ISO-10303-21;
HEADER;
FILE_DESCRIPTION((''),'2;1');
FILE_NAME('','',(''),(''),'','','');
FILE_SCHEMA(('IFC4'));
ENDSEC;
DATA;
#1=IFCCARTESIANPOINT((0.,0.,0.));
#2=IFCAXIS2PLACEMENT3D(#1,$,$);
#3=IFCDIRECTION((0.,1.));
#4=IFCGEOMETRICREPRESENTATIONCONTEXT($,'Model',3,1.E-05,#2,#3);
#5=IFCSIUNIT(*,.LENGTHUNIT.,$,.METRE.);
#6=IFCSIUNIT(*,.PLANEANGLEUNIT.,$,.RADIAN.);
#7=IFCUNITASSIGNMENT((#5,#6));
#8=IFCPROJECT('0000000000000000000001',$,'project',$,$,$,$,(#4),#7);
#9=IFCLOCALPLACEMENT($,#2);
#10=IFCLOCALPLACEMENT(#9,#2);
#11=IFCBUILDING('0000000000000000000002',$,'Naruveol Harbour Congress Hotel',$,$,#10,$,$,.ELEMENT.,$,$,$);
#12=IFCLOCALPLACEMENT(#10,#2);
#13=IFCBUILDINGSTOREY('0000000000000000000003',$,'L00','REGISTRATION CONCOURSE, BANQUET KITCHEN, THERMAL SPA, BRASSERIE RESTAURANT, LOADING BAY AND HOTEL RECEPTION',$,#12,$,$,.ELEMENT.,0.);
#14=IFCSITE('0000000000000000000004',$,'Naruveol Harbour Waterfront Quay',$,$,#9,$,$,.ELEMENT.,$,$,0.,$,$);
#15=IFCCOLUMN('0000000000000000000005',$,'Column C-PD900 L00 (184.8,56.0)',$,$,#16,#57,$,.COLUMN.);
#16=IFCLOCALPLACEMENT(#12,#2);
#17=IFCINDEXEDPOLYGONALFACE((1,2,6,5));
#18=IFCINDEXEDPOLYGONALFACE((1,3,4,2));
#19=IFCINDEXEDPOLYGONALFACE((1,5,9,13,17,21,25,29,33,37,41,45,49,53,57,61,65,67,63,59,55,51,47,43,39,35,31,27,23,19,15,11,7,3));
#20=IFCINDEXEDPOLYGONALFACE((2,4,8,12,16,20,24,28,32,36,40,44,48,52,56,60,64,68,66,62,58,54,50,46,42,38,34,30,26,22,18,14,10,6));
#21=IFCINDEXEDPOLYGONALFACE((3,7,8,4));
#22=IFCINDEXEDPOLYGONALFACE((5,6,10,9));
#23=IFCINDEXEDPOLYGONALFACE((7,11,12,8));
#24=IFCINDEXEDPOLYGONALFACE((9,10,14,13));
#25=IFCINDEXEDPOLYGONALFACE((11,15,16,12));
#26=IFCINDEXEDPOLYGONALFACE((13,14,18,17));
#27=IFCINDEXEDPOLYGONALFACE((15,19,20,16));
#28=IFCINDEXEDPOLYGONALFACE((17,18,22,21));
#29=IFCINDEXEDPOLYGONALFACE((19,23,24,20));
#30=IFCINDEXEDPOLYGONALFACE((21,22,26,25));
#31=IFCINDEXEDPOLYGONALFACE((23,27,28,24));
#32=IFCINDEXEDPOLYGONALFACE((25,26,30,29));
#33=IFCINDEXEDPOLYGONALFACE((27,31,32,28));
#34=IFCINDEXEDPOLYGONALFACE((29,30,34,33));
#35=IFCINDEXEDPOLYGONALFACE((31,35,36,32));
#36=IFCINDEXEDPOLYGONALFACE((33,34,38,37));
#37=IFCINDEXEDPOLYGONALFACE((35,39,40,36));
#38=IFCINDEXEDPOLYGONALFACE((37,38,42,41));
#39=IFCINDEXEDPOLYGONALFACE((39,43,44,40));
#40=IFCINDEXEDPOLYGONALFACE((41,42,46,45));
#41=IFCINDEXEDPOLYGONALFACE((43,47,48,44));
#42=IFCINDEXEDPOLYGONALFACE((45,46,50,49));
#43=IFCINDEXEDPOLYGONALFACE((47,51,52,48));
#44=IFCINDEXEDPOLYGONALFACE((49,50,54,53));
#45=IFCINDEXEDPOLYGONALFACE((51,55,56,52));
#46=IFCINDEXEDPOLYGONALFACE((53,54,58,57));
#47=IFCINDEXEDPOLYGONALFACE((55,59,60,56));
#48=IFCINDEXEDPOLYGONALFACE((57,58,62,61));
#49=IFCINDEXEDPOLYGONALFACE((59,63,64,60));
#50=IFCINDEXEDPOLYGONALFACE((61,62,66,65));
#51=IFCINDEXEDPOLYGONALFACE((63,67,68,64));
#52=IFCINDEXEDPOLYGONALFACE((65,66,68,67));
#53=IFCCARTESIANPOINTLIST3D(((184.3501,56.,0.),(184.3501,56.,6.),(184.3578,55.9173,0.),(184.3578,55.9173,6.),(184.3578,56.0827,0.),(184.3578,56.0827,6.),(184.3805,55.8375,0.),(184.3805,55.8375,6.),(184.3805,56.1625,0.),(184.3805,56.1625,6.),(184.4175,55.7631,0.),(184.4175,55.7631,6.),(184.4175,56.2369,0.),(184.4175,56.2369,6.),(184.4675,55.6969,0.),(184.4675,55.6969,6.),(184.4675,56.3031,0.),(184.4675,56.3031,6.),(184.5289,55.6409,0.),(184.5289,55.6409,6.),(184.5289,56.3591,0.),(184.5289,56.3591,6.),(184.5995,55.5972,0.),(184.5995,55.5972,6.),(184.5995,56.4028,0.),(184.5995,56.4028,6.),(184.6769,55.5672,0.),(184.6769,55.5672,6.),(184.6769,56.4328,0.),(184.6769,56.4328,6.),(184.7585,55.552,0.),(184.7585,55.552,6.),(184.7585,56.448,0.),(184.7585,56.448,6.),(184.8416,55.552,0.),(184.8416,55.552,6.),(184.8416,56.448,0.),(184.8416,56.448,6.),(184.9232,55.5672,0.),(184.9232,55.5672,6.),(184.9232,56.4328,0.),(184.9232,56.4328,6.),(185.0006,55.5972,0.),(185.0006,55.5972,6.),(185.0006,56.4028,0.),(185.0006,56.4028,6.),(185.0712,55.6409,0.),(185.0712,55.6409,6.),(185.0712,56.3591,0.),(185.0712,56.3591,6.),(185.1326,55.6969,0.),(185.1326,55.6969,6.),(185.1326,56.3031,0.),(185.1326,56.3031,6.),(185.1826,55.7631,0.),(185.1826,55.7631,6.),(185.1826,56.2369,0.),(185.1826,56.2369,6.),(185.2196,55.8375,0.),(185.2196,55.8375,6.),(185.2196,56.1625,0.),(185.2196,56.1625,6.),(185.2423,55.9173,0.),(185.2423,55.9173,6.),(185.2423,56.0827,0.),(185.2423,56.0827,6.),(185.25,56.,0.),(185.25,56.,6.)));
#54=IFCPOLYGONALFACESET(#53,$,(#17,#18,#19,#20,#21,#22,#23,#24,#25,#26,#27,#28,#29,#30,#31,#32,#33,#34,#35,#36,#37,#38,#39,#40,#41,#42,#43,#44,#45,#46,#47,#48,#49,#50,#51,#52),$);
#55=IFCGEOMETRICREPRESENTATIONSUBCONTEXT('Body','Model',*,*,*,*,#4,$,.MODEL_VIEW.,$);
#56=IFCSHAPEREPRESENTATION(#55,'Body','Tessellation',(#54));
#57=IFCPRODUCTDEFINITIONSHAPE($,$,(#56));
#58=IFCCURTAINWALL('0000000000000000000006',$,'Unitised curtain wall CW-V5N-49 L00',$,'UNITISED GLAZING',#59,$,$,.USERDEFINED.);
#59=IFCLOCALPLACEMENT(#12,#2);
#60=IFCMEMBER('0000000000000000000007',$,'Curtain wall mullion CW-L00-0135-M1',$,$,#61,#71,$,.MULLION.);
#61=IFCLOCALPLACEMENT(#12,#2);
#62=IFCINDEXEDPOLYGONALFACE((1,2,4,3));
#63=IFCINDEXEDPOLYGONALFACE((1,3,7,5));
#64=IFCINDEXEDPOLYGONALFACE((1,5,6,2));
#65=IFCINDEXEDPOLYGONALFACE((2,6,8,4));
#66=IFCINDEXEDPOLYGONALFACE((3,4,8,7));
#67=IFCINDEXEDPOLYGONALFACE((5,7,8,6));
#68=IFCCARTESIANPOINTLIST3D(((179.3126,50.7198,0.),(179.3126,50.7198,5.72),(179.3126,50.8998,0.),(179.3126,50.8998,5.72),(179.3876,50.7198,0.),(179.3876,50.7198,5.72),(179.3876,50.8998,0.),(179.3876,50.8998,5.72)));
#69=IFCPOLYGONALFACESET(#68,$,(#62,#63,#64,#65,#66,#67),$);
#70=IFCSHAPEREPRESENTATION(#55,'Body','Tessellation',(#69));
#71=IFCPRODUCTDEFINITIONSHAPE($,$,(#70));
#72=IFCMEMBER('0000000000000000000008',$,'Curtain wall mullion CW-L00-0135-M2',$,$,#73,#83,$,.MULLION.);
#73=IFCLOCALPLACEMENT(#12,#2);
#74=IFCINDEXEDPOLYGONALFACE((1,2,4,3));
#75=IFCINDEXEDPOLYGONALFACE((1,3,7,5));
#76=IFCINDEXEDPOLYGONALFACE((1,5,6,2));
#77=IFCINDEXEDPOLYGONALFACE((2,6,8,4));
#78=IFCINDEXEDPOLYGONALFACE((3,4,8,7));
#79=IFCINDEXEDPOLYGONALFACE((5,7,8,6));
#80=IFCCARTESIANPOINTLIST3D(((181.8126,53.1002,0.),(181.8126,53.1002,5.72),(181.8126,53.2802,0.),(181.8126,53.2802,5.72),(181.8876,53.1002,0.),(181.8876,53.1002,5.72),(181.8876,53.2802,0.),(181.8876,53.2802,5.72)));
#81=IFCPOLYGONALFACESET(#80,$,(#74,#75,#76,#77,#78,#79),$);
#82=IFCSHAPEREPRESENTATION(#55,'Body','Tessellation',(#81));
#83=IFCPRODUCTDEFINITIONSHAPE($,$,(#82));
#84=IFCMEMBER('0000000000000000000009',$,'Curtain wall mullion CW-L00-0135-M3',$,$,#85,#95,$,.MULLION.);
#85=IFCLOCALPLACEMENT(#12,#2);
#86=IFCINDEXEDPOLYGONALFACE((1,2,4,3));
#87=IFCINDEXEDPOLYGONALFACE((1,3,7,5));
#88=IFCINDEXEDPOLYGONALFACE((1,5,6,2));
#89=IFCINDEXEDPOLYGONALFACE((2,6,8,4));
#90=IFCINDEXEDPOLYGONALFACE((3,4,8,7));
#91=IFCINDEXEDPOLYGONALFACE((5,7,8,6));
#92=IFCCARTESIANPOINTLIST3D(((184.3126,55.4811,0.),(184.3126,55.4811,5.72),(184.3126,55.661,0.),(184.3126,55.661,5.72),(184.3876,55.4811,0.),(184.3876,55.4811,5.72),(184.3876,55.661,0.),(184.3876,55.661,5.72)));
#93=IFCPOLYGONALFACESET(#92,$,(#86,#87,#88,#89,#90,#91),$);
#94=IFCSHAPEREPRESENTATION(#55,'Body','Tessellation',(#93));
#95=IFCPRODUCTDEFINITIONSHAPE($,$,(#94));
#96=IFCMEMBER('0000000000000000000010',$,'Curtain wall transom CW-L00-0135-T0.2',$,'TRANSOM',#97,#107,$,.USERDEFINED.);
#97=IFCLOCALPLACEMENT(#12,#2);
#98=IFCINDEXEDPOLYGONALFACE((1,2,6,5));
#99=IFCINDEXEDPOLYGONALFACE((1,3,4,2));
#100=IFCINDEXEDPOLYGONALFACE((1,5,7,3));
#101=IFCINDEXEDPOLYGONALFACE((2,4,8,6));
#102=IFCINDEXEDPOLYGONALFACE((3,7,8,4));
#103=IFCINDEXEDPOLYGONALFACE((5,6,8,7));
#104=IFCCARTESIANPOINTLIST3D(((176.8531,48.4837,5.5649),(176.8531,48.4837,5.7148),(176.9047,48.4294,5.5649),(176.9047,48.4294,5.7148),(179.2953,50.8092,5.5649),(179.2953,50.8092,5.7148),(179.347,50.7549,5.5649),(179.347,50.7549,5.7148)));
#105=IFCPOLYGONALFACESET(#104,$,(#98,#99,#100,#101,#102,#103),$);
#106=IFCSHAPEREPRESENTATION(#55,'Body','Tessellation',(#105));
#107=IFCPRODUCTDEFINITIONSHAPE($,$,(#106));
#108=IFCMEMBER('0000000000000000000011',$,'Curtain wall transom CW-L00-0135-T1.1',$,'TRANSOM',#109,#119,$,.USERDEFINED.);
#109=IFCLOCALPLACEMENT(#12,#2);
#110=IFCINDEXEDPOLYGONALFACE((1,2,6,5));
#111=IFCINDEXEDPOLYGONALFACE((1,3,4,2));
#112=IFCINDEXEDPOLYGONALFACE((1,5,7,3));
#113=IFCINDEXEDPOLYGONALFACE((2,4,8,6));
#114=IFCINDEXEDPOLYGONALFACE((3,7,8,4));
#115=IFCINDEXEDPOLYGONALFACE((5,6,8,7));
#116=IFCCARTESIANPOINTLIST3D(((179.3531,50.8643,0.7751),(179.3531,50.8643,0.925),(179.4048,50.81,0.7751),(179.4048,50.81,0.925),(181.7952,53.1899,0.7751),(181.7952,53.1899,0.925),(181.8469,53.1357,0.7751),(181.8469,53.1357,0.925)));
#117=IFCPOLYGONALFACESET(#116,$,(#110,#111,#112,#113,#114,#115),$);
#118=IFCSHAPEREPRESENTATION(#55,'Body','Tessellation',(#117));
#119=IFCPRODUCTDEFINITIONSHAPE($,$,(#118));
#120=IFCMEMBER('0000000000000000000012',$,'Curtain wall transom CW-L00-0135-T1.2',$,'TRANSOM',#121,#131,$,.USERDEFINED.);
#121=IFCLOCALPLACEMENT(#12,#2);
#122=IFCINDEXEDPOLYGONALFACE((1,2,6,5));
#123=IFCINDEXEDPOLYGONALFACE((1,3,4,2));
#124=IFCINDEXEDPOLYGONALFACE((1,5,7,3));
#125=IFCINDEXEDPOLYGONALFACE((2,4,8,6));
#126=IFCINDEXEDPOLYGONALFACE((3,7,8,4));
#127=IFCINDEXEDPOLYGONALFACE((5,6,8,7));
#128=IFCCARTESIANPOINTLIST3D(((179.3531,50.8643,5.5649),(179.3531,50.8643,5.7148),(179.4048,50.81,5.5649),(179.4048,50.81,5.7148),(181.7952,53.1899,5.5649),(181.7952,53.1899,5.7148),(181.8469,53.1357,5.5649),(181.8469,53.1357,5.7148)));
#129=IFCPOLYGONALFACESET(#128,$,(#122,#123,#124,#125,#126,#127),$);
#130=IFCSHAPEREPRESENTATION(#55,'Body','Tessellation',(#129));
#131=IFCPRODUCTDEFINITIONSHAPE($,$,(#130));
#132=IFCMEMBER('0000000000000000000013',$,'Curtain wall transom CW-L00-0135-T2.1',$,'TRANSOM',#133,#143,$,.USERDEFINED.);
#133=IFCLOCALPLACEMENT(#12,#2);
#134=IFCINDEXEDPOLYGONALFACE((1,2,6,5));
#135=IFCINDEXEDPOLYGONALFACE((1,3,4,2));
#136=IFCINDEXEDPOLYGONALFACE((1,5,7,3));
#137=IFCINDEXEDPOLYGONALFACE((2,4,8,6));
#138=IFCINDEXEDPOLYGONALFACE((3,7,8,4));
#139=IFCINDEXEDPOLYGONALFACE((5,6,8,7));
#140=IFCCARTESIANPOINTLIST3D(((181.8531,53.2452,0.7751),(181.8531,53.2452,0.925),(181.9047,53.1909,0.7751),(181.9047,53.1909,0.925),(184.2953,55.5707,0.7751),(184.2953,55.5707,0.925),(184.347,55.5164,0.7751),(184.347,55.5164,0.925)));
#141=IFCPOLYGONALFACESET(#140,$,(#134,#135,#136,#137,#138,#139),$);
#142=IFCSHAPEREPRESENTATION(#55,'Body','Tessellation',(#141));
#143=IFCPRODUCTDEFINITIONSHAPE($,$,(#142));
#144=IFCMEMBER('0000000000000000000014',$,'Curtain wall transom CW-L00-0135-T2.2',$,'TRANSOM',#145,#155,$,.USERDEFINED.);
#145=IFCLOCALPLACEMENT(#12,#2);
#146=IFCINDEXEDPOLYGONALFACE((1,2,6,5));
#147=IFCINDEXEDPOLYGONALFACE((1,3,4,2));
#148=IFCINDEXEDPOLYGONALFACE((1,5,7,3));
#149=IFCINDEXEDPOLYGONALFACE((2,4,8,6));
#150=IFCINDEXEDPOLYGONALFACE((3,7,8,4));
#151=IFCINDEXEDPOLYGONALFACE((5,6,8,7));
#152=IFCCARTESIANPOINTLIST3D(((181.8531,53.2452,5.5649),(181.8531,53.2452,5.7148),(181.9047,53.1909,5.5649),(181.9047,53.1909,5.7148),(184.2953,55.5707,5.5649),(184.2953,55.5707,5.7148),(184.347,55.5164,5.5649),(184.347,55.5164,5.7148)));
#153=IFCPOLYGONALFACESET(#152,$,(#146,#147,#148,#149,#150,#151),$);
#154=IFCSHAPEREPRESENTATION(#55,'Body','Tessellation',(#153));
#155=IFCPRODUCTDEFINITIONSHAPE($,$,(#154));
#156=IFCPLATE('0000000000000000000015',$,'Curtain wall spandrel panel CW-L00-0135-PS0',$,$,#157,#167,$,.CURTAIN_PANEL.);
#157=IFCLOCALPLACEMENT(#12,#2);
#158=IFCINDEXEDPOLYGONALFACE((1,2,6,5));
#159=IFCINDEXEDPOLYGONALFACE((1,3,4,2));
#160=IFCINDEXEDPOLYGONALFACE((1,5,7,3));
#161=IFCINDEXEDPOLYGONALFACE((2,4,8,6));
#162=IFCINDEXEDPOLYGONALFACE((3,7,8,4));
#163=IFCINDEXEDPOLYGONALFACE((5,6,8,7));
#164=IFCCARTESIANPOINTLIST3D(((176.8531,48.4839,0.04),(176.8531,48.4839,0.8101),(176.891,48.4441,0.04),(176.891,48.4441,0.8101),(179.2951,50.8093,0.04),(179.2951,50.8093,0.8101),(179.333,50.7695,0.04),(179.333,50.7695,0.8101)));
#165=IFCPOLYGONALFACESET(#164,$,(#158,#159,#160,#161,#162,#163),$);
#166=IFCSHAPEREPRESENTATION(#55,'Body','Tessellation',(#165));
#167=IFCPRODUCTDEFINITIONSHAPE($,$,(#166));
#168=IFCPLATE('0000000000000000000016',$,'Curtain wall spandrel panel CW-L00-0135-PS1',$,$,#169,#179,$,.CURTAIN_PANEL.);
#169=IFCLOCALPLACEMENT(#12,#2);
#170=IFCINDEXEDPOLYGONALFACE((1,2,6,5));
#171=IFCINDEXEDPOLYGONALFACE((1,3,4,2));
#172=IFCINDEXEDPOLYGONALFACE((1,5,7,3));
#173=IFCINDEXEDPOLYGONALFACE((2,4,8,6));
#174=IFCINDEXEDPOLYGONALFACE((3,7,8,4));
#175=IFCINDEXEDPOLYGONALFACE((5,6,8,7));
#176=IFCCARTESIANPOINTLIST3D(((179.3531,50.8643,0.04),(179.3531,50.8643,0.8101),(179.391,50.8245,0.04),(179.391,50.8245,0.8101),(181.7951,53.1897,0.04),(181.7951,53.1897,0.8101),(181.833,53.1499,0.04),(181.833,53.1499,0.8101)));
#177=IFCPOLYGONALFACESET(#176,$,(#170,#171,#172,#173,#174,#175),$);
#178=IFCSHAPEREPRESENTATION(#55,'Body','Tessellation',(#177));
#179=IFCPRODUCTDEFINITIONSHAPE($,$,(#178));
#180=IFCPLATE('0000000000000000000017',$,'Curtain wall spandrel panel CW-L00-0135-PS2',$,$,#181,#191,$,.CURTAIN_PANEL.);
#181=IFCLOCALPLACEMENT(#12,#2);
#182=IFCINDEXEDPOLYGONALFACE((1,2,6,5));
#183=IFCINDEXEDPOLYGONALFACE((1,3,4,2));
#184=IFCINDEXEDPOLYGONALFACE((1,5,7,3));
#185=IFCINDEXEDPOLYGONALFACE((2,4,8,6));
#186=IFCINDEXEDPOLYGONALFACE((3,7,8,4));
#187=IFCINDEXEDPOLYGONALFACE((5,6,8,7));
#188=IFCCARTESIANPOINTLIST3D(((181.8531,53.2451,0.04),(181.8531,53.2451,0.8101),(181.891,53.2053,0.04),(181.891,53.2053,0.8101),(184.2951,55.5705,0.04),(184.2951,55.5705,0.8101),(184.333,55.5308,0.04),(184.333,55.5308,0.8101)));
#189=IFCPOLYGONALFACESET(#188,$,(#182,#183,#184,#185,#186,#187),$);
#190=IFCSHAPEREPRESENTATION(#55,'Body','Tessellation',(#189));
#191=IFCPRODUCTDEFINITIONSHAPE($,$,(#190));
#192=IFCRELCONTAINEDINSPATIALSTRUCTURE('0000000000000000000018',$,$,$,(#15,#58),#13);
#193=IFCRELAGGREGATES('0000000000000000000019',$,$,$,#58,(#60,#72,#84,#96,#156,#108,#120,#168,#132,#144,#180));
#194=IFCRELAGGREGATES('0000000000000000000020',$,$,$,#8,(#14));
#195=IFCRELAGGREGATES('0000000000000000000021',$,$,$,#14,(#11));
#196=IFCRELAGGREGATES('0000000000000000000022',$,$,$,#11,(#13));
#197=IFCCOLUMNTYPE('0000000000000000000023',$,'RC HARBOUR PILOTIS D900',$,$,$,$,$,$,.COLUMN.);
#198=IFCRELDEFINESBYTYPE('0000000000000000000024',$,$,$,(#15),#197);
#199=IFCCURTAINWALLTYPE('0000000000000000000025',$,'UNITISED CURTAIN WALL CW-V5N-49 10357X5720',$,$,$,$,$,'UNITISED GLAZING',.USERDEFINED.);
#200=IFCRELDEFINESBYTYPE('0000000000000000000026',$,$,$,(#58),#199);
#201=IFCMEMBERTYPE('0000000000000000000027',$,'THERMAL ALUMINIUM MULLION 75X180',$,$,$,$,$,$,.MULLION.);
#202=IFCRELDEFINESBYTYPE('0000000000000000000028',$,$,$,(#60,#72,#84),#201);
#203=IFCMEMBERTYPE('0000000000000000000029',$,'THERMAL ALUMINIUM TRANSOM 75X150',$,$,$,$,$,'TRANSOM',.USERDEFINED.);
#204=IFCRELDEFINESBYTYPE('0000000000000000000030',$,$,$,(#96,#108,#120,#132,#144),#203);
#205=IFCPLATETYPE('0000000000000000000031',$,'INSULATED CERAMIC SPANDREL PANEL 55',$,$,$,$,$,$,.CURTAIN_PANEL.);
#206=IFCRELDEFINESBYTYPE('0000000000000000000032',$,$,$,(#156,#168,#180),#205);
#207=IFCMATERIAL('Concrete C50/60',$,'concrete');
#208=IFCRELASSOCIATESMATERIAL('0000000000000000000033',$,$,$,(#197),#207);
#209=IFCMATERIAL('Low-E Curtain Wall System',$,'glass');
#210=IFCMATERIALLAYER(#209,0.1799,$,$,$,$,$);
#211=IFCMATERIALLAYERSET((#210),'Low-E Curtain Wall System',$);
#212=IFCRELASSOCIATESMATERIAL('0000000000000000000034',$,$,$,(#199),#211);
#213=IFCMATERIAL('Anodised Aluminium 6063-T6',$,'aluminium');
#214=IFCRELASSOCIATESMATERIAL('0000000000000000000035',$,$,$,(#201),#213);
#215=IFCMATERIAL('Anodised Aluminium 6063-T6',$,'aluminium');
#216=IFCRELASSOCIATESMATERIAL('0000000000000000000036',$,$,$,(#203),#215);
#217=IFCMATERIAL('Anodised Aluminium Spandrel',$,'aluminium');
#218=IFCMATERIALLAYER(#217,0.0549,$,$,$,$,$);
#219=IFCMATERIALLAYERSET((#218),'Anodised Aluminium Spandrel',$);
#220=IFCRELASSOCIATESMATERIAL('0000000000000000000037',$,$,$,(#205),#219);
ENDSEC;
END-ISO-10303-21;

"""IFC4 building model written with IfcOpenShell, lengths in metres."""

from ifc_helpers import new_model, si_unit, direction, frame, origin, origin_2d, place, context, subcontext, project, spatial, rectangle, circle, extrude, material, layer, layer_set, material_profile, profile_set, type_object, element, aggregate, save


model = new_model("IFC4")

# Units and contexts
model_context = context("Model", 3, precision=1e-05, world=origin(), true_north=direction((0.0, 1.0)))
body_context = subcontext(model_context, "Body", "Model", "MODEL_VIEW")
ifc_project = project(units=[si_unit("LENGTHUNIT", "METRE"), si_unit("PLANEANGLEUNIT", "RADIAN")], contexts=[model_context])

# Site, building, storey
site_placement = place(None, origin())
site = spatial("IfcSite", under=ifc_project, at=site_placement, Name="Naruveol Harbour Waterfront Quay", CompositionType="ELEMENT", RefElevation=0.0)
building_placement = place(site_placement, origin())
building = spatial("IfcBuilding", under=site, at=building_placement, Name="Naruveol Harbour Congress Hotel", CompositionType="ELEMENT")
storey_placement = place(building_placement, origin())
storey = spatial("IfcBuildingStorey", under=building, at=storey_placement, Name="L00", Description="REGISTRATION CONCOURSE, BANQUET KITCHEN, THERMAL SPA, BRASSERIE RESTAURANT, LOADING BAY AND HOTEL RECEPTION", CompositionType="ELEMENT", Elevation=0.0)

# Column
ifc_material_1 = material(Name="Concrete C50/60", Category="concrete")
ifc_material_profile_1 = material_profile(ifc_material_1, circle(Radius=0.45, at=origin_2d()), Name="RC-D900")
ifc_profile_set_1 = profile_set([ifc_material_profile_1], Name="Concrete C50/60")
column_type = type_object("IfcColumnType", Name="RC HARBOUR PILOTIS D900", PredefinedType="COLUMN", material=ifc_profile_set_1)
column_placement = place(storey_placement, frame((184.8, 56.0, 0.0), z_axis=(0.0, 0.0, 1.0), x_axis=(1.0, 0.0, 0.0)))
element("IfcColumn", 1, at=column_placement, inside=storey, type_object=column_type, Name="Column C-PD900 L00 (184.8,56.0)", PredefinedType="COLUMN", context=body_context, shape_type="SweptSolid", body=[
    extrude(circle(Radius=0.45, at=origin_2d()), origin(), (0.0, 0.0, 1.0), 6.0),
])

# Curtain wall, members, plates
ifc_material_2 = material(Name="Low-E Curtain Wall System", Category="glass")
ifc_layer_1 = layer(ifc_material_2, 0.1799)
ifc_layer_set_1 = layer_set([ifc_layer_1], Name="Low-E Curtain Wall System")
curtain_wall_type = type_object("IfcCurtainWallType", Name="UNITISED CURTAIN WALL CW-V5N-49 10357X5720", ElementType="UNITISED GLAZING", PredefinedType="USERDEFINED", material=ifc_layer_set_1)
curtain_wall_placement = place(storey_placement, origin())
curtain_wall = element("IfcCurtainWall", 2, at=curtain_wall_placement, inside=storey, type_object=curtain_wall_type, Name="Unitised curtain wall CW-V5N-49 L00", ObjectType="UNITISED GLAZING", PredefinedType="USERDEFINED")
ifc_material_3 = material(Name="Anodised Aluminium 6063-T6", Category="aluminium")
ifc_material_profile_2 = material_profile(ifc_material_3, rectangle(XDim=0.075, YDim=0.1799, at=origin_2d()), Name="ALU-75x180")
ifc_profile_set_2 = profile_set([ifc_material_profile_2], Name="Anodised Aluminium 6063-T6")
member_type_1 = type_object("IfcMemberType", Name="THERMAL ALUMINIUM MULLION 75X180", PredefinedType="MULLION", material=ifc_profile_set_2)
member_1_placement = place(storey_placement, frame((179.3501, 50.8098, 0.0), z_axis=(0.0, 0.0, 1.0), x_axis=(1.0, 0.0, 0.0)))
member_1 = element("IfcMember", 3, at=member_1_placement, type_object=member_type_1, Name="Curtain wall mullion CW-L00-0135-M1", PredefinedType="MULLION", context=body_context, shape_type="SweptSolid", body=[
    extrude(rectangle(XDim=0.075, YDim=0.1799, at=origin_2d()), origin(), (0.0, 0.0, 1.0), 5.72),
])
member_2_placement = place(storey_placement, frame((181.8501, 53.1902, 0.0), z_axis=(0.0, 0.0, 1.0), x_axis=(1.0, 0.0, 0.0)))
member_2 = element("IfcMember", 4, at=member_2_placement, type_object=member_type_1, Name="Curtain wall mullion CW-L00-0135-M2", PredefinedType="MULLION", context=body_context, shape_type="SweptSolid", body=[
    extrude(rectangle(XDim=0.075, YDim=0.1799, at=origin_2d()), origin(), (0.0, 0.0, 1.0), 5.72),
])
member_3_placement = place(storey_placement, frame((184.3501, 55.571, 0.0), z_axis=(0.0, 0.0, 1.0), x_axis=(1.0, 0.0, 0.0)))
member_3 = element("IfcMember", 5, at=member_3_placement, type_object=member_type_1, Name="Curtain wall mullion CW-L00-0135-M3", PredefinedType="MULLION", context=body_context, shape_type="SweptSolid", body=[
    extrude(rectangle(XDim=0.075, YDim=0.1799, at=origin_2d()), origin(), (0.0, 0.0, 1.0), 5.72),
])
ifc_material_4 = material(Name="Anodised Aluminium 6063-T6", Category="aluminium")
ifc_material_profile_3 = material_profile(ifc_material_4, rectangle(XDim=0.075, YDim=0.1499, at=origin_2d()), Name="ALU-75x150")
ifc_profile_set_3 = profile_set([ifc_material_profile_3], Name="Anodised Aluminium 6063-T6")
member_type_2 = type_object("IfcMemberType", Name="THERMAL ALUMINIUM TRANSOM 75X150", ElementType="TRANSOM", PredefinedType="USERDEFINED", material=ifc_profile_set_3)
member_4_placement = place(storey_placement, frame((176.8789, 48.4565, 5.6399), z_axis=(0.724198, 0.689592, 0.0), x_axis=(-0.689592, 0.724198, 0.0)))
member_4 = element("IfcMember", 6, at=member_4_placement, type_object=member_type_2, Name="Curtain wall transom CW-L00-0135-T0.2", ObjectType="TRANSOM", PredefinedType="USERDEFINED", context=body_context, shape_type="SweptSolid", body=[
    extrude(rectangle(XDim=0.075, YDim=0.1499, at=origin_2d()), origin(), (0.0, 0.0, 1.0), 3.3723),
])
member_5_placement = place(storey_placement, frame((179.3789, 50.8372, 0.8501), z_axis=(0.724162, 0.68963, 0.0), x_axis=(-0.68963, 0.724162, 0.0)))
member_5 = element("IfcMember", 7, at=member_5_placement, type_object=member_type_2, Name="Curtain wall transom CW-L00-0135-T1.1", ObjectType="TRANSOM", PredefinedType="USERDEFINED", context=body_context, shape_type="SweptSolid", body=[
    extrude(rectangle(XDim=0.075, YDim=0.1499, at=origin_2d()), origin(), (0.0, 0.0, 1.0), 3.3723),
])
member_6_placement = place(storey_placement, frame((179.3789, 50.8372, 5.6399), z_axis=(0.724162, 0.68963, 0.0), x_axis=(-0.68963, 0.724162, 0.0)))
member_6 = element("IfcMember", 8, at=member_6_placement, type_object=member_type_2, Name="Curtain wall transom CW-L00-0135-T1.2", ObjectType="TRANSOM", PredefinedType="USERDEFINED", context=body_context, shape_type="SweptSolid", body=[
    extrude(rectangle(XDim=0.075, YDim=0.1499, at=origin_2d()), origin(), (0.0, 0.0, 1.0), 3.3723),
])
member_7_placement = place(storey_placement, frame((181.8789, 53.218, 0.8501), z_axis=(0.724198, 0.689592, 0.0), x_axis=(-0.689592, 0.724198, 0.0)))
member_7 = element("IfcMember", 9, at=member_7_placement, type_object=member_type_2, Name="Curtain wall transom CW-L00-0135-T2.1", ObjectType="TRANSOM", PredefinedType="USERDEFINED", context=body_context, shape_type="SweptSolid", body=[
    extrude(rectangle(XDim=0.075, YDim=0.1499, at=origin_2d()), origin(), (0.0, 0.0, 1.0), 3.3723),
])
member_8_placement = place(storey_placement, frame((181.8789, 53.218, 5.6399), z_axis=(0.724198, 0.689592, 0.0), x_axis=(-0.689592, 0.724198, 0.0)))
member_8 = element("IfcMember", 10, at=member_8_placement, type_object=member_type_2, Name="Curtain wall transom CW-L00-0135-T2.2", ObjectType="TRANSOM", PredefinedType="USERDEFINED", context=body_context, shape_type="SweptSolid", body=[
    extrude(rectangle(XDim=0.075, YDim=0.1499, at=origin_2d()), origin(), (0.0, 0.0, 1.0), 3.3723),
])
ifc_material_5 = material(Name="Anodised Aluminium Spandrel", Category="aluminium")
ifc_layer_2 = layer(ifc_material_5, 0.0549)
ifc_layer_set_2 = layer_set([ifc_layer_2], Name="Anodised Aluminium Spandrel")
plate_type_1 = type_object("IfcPlateType", Name="INSULATED CERAMIC SPANDREL PANEL 55", PredefinedType="CURTAIN_PANEL", material=ifc_layer_set_2)
plate_1_placement = place(storey_placement, frame((178.093, 49.6267, 0.04), z_axis=(0.0, 0.0, 1.0), x_axis=(0.724184, 0.689607, 0.0)))
plate_1 = element("IfcPlate", 11, at=plate_1_placement, type_object=plate_type_1, Name="Curtain wall spandrel panel CW-L00-0135-PS0", PredefinedType="CURTAIN_PANEL", context=body_context, shape_type="SweptSolid", body=[
    extrude(rectangle(XDim=3.3721, YDim=0.0549, at=origin_2d()), origin(), (0.0, 0.0, 1.0), 0.77),
])
plate_2_placement = place(storey_placement, frame((180.593, 52.0071, 0.04), z_axis=(0.0, 0.0, 1.0), x_axis=(0.724184, 0.689607, 0.0)))
plate_2 = element("IfcPlate", 12, at=plate_2_placement, type_object=plate_type_1, Name="Curtain wall spandrel panel CW-L00-0135-PS1", PredefinedType="CURTAIN_PANEL", context=body_context, shape_type="SweptSolid", body=[
    extrude(rectangle(XDim=3.3721, YDim=0.0549, at=origin_2d()), origin(), (0.0, 0.0, 1.0), 0.77),
])
plate_3_placement = place(storey_placement, frame((183.093, 54.3879, 0.04), z_axis=(0.0, 0.0, 1.0), x_axis=(0.724184, 0.689607, 0.0)))
plate_3 = element("IfcPlate", 13, at=plate_3_placement, type_object=plate_type_1, Name="Curtain wall spandrel panel CW-L00-0135-PS2", PredefinedType="CURTAIN_PANEL", context=body_context, shape_type="SweptSolid", body=[
    extrude(rectangle(XDim=3.3721, YDim=0.0549, at=origin_2d()), origin(), (0.0, 0.0, 1.0), 0.77),
])
aggregate(curtain_wall, [member_1, member_2, member_3, member_4, plate_1, member_5, member_6, plate_2, member_7, member_8, plate_3])

save(model, "model.ifc")
